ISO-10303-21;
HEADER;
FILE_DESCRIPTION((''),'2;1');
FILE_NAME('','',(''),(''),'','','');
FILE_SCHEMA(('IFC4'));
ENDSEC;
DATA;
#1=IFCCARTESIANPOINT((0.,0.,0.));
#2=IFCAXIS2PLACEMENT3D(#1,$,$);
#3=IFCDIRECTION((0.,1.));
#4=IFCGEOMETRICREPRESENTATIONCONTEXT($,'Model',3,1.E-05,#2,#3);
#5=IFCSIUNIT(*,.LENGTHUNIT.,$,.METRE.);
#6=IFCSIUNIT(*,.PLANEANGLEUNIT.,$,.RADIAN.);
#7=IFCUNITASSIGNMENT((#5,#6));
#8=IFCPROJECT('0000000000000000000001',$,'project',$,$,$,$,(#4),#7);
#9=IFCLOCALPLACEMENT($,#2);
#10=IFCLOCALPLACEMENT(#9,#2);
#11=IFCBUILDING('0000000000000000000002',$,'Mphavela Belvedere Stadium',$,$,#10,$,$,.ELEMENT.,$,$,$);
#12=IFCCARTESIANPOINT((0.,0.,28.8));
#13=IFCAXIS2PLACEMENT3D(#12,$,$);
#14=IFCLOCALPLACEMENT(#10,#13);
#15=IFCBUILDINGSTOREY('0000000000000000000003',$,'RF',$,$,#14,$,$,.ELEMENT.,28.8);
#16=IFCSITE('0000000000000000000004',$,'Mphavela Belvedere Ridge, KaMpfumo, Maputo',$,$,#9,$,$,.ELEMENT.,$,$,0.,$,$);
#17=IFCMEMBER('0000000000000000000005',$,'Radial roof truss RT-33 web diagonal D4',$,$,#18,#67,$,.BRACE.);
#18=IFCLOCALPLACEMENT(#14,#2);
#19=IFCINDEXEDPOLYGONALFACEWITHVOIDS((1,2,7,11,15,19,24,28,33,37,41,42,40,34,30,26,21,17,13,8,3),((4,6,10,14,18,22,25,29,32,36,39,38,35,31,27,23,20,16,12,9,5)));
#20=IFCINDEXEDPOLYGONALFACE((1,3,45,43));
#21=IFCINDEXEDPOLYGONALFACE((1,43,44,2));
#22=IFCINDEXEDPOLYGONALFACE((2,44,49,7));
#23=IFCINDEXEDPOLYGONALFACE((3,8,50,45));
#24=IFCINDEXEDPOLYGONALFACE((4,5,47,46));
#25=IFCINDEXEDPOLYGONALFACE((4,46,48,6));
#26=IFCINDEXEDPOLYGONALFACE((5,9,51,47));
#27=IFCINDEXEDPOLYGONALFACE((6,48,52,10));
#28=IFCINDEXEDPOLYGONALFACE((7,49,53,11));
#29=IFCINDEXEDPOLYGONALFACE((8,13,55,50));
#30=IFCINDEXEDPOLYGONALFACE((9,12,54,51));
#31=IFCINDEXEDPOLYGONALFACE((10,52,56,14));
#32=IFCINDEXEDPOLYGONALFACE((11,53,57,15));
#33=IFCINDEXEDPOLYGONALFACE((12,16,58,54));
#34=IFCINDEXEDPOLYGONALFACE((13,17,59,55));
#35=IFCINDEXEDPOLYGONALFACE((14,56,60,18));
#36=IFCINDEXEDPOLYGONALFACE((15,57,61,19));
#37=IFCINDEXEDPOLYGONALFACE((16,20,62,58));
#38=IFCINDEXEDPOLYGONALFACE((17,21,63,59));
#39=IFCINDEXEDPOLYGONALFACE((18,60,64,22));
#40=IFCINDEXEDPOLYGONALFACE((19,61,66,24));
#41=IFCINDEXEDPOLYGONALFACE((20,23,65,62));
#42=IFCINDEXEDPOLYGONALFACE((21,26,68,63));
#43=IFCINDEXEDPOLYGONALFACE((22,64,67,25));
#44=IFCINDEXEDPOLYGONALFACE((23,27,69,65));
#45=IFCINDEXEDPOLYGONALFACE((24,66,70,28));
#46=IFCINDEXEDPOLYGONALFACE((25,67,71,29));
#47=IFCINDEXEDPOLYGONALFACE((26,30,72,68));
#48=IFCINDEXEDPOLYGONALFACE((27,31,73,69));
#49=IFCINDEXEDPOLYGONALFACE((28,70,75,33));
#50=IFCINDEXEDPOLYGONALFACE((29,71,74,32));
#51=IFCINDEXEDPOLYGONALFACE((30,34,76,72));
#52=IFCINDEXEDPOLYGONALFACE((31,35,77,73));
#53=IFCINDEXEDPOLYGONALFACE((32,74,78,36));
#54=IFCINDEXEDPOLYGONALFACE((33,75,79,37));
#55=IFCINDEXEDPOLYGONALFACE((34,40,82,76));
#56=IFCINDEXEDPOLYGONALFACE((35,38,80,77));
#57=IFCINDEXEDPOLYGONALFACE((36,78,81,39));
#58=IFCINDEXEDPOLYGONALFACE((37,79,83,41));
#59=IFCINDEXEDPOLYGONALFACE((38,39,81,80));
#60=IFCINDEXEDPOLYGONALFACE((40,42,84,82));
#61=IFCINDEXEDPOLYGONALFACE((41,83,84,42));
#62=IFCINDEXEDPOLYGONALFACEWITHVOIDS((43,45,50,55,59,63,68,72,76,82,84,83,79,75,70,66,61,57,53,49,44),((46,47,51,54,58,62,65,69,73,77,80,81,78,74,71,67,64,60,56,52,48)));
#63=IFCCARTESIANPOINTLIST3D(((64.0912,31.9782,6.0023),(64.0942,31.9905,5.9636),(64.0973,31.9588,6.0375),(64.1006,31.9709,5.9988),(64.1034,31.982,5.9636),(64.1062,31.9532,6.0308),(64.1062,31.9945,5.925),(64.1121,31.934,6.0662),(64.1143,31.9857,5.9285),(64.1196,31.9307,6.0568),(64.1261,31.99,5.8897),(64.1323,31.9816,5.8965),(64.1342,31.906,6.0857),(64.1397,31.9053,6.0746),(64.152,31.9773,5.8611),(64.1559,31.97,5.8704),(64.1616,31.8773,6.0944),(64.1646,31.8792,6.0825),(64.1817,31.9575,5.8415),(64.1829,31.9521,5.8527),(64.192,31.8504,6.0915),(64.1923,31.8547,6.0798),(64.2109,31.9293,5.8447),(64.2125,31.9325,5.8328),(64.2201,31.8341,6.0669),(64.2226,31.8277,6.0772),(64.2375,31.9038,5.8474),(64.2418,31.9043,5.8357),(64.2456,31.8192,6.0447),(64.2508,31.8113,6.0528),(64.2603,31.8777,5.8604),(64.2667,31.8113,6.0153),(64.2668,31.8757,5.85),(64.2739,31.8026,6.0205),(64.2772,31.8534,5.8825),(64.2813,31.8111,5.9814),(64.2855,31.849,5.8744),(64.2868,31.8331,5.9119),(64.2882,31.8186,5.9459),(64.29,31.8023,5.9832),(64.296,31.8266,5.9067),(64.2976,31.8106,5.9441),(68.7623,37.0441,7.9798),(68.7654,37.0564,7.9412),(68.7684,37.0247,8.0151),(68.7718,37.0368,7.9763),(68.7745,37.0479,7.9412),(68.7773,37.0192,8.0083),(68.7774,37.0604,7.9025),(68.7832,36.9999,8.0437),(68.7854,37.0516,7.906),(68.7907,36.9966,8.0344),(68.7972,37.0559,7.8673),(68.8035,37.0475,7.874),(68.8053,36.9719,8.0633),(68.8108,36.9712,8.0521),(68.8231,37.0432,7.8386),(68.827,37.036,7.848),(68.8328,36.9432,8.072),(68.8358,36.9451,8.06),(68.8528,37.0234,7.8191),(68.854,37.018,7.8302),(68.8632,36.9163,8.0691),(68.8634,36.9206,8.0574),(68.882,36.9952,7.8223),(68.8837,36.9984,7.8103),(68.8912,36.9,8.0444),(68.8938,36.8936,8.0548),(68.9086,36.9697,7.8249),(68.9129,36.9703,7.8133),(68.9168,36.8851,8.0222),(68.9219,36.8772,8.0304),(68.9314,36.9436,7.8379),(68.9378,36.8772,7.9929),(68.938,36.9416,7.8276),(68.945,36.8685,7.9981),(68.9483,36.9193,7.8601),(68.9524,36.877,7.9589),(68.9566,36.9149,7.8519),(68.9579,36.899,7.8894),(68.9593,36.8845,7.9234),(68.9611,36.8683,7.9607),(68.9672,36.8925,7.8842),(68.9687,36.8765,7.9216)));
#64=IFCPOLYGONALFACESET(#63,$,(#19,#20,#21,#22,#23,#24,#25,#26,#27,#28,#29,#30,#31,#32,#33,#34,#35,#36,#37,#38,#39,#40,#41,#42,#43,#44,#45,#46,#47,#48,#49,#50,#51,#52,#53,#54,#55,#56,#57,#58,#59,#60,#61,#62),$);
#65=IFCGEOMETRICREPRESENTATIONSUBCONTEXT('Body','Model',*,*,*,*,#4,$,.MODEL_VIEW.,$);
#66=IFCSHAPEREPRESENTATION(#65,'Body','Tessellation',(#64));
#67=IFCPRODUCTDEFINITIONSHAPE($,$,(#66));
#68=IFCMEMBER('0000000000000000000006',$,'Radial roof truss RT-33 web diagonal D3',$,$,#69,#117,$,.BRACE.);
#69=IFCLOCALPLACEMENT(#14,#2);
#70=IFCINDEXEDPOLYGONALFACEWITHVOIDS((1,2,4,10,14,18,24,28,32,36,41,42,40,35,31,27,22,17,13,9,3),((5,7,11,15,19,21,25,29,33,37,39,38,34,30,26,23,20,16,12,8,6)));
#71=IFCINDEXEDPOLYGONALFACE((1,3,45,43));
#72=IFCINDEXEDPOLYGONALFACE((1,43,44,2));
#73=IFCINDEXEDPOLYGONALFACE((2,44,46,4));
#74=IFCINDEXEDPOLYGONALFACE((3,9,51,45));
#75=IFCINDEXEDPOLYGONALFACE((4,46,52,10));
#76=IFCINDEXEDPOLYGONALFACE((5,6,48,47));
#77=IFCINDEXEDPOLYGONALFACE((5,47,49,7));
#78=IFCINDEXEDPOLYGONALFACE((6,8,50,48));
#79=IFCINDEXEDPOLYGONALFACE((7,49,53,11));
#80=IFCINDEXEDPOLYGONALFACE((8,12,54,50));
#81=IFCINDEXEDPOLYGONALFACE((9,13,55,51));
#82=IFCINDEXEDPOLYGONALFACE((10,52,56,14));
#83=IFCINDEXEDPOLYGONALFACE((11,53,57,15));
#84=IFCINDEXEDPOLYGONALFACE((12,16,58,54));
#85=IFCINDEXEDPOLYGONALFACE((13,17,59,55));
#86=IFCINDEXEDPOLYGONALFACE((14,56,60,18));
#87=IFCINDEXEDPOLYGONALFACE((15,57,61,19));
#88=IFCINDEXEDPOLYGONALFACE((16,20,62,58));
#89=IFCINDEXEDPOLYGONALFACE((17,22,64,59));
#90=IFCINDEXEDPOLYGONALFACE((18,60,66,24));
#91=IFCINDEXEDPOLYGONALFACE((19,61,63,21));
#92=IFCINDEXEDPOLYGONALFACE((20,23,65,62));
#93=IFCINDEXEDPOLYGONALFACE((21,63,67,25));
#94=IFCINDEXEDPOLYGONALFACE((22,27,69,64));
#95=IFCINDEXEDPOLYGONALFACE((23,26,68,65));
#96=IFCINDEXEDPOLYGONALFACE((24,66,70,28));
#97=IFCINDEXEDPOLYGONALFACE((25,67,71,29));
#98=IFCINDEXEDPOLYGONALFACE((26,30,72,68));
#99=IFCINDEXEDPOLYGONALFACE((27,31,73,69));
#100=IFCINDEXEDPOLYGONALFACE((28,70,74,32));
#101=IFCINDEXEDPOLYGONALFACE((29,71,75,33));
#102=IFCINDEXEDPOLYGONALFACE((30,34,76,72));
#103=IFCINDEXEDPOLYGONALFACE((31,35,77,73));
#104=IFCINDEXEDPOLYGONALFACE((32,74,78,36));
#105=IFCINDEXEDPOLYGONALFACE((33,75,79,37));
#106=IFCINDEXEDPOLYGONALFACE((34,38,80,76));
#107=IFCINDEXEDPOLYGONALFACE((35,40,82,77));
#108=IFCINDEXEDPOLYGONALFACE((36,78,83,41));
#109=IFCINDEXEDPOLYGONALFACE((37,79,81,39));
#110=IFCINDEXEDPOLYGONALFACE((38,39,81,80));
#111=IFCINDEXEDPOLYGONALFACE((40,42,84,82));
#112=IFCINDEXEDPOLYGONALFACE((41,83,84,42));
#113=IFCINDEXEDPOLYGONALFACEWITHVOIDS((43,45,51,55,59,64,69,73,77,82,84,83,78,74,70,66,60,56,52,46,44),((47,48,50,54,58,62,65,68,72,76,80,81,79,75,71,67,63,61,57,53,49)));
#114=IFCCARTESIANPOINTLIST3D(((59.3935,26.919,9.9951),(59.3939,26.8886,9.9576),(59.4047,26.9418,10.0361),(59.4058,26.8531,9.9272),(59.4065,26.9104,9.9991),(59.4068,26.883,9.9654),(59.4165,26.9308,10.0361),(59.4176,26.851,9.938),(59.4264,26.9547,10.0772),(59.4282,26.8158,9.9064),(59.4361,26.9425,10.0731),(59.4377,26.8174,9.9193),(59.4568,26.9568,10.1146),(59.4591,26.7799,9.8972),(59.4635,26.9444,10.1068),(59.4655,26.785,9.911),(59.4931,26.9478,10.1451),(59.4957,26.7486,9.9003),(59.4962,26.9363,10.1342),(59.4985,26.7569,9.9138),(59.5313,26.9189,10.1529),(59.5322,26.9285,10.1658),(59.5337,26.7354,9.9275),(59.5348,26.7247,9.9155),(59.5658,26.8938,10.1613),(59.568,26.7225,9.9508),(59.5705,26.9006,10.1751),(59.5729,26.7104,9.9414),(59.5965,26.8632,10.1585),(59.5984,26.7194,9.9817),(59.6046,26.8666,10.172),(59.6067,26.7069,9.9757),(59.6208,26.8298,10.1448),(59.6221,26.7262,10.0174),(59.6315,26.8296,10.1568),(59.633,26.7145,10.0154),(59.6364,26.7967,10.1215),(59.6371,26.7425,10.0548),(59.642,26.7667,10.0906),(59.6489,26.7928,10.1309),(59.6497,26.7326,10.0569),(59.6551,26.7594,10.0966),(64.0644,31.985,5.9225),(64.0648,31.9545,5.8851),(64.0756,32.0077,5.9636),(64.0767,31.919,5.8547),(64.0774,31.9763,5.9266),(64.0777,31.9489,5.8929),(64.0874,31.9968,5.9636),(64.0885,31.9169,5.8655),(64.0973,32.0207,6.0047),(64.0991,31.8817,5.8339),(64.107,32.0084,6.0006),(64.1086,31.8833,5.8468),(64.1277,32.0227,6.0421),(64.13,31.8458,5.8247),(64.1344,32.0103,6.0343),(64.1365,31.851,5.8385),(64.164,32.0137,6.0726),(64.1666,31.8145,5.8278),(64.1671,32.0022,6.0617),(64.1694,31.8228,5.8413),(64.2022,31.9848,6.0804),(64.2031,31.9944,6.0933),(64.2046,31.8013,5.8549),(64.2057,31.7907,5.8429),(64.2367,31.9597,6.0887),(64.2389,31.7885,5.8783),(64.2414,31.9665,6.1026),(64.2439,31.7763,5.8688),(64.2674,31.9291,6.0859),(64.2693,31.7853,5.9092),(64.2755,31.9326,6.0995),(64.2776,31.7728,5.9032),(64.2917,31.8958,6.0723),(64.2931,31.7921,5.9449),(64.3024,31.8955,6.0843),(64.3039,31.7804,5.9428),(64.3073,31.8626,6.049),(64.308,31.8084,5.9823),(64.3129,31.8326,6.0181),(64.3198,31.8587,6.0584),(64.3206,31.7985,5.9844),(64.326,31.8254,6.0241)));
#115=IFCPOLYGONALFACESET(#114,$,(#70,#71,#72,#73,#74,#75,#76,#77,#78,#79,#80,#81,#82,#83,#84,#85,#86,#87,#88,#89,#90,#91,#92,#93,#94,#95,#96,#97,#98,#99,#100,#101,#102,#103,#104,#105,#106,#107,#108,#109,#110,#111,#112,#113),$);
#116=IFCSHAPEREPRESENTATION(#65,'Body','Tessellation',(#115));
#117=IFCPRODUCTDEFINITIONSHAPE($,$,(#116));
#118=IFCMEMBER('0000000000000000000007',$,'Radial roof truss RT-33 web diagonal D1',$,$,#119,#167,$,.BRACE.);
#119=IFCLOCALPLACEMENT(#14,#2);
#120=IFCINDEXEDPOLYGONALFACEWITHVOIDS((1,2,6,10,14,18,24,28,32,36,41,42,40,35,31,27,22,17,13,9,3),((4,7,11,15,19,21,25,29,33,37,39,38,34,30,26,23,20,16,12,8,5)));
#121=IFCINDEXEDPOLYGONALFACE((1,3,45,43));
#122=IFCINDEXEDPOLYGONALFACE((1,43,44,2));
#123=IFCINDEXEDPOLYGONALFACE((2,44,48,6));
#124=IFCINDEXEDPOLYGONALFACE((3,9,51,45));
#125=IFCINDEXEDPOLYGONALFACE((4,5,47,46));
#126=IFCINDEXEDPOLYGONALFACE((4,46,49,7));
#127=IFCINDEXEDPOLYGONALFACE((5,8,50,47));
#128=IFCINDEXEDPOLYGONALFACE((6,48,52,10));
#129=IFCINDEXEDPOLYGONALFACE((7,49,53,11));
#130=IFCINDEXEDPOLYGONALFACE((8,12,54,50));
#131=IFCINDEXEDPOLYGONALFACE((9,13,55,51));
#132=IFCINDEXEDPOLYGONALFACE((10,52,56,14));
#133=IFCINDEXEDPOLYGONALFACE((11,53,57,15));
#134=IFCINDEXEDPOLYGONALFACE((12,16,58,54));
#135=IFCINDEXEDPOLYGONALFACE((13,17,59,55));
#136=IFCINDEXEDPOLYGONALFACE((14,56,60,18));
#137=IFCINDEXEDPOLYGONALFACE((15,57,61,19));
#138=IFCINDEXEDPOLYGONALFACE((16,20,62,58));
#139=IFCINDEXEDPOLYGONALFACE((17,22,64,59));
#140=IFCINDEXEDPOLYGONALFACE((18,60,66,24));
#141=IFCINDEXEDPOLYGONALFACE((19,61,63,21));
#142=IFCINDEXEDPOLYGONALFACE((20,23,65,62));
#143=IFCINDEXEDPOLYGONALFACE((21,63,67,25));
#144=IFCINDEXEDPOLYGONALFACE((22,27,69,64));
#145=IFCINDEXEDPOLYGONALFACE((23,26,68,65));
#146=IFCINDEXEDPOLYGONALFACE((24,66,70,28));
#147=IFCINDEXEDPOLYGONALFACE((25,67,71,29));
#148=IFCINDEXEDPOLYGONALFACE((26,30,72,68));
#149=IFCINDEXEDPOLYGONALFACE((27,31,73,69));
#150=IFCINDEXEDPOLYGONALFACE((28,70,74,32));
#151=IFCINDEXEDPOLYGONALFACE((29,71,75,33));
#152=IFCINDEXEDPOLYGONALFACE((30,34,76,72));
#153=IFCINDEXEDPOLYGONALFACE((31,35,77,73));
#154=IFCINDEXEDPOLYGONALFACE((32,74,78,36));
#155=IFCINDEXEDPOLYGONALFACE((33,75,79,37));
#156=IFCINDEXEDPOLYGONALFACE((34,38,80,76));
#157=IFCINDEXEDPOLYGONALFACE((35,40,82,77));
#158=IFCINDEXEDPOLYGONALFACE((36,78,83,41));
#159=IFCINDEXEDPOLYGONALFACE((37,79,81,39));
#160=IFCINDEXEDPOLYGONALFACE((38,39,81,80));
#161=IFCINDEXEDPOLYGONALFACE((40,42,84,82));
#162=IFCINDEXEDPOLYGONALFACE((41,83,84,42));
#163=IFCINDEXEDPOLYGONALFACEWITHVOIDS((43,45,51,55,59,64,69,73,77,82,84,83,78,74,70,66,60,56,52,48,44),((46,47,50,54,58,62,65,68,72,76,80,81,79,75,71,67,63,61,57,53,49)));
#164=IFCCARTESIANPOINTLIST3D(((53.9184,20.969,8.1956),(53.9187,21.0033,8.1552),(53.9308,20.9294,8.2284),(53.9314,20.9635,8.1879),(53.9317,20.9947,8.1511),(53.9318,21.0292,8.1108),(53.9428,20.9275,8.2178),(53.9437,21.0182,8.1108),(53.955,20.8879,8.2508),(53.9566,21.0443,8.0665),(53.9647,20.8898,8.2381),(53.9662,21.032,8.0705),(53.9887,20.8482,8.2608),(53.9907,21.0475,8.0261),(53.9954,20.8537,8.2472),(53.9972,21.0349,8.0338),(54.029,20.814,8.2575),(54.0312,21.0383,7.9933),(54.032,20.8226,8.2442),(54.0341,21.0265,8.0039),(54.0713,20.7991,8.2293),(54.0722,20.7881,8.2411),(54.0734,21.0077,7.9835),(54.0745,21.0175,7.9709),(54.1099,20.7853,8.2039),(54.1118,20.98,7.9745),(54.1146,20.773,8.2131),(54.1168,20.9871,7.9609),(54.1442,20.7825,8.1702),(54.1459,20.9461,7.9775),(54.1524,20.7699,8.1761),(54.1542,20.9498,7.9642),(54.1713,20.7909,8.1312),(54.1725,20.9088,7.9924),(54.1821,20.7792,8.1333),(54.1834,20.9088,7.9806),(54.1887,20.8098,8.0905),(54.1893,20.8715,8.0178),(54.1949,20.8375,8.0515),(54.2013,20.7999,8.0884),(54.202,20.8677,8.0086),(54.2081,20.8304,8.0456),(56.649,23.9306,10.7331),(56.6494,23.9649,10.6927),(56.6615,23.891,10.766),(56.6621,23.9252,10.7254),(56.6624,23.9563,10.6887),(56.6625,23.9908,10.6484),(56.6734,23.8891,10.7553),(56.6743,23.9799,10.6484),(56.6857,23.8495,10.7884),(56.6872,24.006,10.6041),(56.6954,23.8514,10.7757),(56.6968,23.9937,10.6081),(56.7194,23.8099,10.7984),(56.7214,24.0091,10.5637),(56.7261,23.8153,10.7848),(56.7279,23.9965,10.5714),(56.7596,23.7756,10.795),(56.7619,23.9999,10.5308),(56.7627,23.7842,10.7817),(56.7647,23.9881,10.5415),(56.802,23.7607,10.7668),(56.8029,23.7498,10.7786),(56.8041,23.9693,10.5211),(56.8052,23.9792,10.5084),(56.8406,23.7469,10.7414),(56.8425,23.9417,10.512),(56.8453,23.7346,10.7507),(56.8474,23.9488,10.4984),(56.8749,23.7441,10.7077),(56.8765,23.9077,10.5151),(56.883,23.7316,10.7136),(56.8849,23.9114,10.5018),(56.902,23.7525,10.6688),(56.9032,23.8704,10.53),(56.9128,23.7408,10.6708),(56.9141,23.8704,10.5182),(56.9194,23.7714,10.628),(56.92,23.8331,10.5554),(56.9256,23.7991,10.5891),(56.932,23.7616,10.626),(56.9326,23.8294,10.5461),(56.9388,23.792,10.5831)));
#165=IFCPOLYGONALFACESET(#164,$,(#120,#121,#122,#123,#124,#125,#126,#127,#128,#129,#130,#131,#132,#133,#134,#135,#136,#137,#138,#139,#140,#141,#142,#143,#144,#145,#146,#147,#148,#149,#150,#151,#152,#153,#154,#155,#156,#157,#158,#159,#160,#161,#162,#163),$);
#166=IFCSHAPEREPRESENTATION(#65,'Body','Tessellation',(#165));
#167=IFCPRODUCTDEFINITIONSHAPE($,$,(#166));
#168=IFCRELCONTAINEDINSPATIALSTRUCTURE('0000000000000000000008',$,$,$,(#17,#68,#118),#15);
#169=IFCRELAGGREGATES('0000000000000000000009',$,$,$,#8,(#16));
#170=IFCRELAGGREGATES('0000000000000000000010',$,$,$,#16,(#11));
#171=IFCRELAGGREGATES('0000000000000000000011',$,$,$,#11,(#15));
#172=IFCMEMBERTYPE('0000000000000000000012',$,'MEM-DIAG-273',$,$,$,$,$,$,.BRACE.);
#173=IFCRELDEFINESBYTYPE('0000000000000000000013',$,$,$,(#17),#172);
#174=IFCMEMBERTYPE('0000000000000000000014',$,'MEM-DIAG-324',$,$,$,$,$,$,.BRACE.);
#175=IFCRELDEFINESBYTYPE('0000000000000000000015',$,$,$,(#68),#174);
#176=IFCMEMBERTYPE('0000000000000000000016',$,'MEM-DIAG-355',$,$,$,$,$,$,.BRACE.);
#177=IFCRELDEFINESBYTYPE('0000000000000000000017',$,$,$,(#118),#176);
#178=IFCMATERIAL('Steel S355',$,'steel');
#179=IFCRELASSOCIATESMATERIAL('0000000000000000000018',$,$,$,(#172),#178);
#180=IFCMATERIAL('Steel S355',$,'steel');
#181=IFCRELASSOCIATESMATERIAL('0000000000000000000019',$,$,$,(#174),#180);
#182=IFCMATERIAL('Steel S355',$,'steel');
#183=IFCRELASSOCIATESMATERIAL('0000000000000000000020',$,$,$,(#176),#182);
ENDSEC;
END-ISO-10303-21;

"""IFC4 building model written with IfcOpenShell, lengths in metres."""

from ifc_helpers import new_model, si_unit, direction, frame, origin, origin_2d, place, context, subcontext, project, spatial, hollow_circle, extrude, material, material_profile, profile_set, type_object, element, save


model = new_model("IFC4")

# Units and contexts
model_context = context("Model", 3, precision=1e-05, world=origin(), true_north=direction((0.0, 1.0)))
body_context = subcontext(model_context, "Body", "Model", "MODEL_VIEW")
ifc_project = project(units=[si_unit("LENGTHUNIT", "METRE"), si_unit("PLANEANGLEUNIT", "RADIAN")], contexts=[model_context])

# Site, building, storey
site_placement = place(None, origin())
site = spatial("IfcSite", under=ifc_project, at=site_placement, Name="Mphavela Belvedere Ridge, KaMpfumo, Maputo", CompositionType="ELEMENT", RefElevation=0.0)
building_placement = place(site_placement, origin())
building = spatial("IfcBuilding", under=site, at=building_placement, Name="Mphavela Belvedere Stadium", CompositionType="ELEMENT")
storey_placement = place(building_placement, frame((0.0, 0.0, 28.8)))
storey = spatial("IfcBuildingStorey", under=building, at=storey_placement, Name="RF", CompositionType="ELEMENT", Elevation=28.8)

# Members
ifc_material_1 = material(Name="Steel S355", Category="steel")
ifc_material_profile_1 = material_profile(ifc_material_1, hollow_circle(Radius=0.1365, WallThickness=0.0125, at=origin_2d()), Name="CHS 273x12.5")
ifc_profile_set_1 = profile_set([ifc_material_profile_1], Name="Steel S355")
member_type_1 = type_object("IfcMemberType", Name="MEM-DIAG-273", PredefinedType="BRACE", material=ifc_profile_set_1)
member_1_placement = place(storey_placement, frame((64.1946, 31.8979, 5.9636), z_axis=(0.65158, 0.706648, 0.275848), x_axis=(-0.735171, 0.677881, 0.0)))
element("IfcMember", 1, at=member_1_placement, inside=storey, type_object=member_type_1, Name="Radial roof truss RT-33 web diagonal D4", PredefinedType="BRACE", context=body_context, shape_type="SweptSolid", body=[
    extrude(hollow_circle(Radius=0.1365, WallThickness=0.0125, at=origin_2d()), origin(), (0.0, 0.0, 1.0), 7.1689),
])
ifc_material_2 = material(Name="Steel S355", Category="steel")
ifc_material_profile_2 = material_profile(ifc_material_2, hollow_circle(Radius=0.1619, WallThickness=0.0161, at=origin_2d()), Name="CHS 323.9x16")
ifc_profile_set_2 = profile_set([ifc_material_profile_2], Name="Steel S355")
member_type_2 = type_object("IfcMemberType", Name="MEM-DIAG-324", PredefinedType="BRACE", material=ifc_profile_set_2)
member_2_placement = place(storey_placement, frame((59.5237, 26.832, 10.0361), z_axis=(0.583561, 0.632913, -0.508801), x_axis=(-0.735189, 0.677862, 0.0)))
element("IfcMember", 2, at=member_2_placement, inside=storey, type_object=member_type_2, Name="Radial roof truss RT-33 web diagonal D3", PredefinedType="BRACE", context=body_context, shape_type="SweptSolid", body=[
    extrude(hollow_circle(Radius=0.1619, WallThickness=0.0161, at=origin_2d()), origin(), (0.0, 0.0, 1.0), 8.0042),
])
ifc_material_3 = material(Name="Steel S355", Category="steel")
ifc_material_profile_3 = material_profile(ifc_material_3, hollow_circle(Radius=0.1777, WallThickness=0.0161, at=origin_2d()), Name="CHS 355.6x16")
ifc_profile_set_3 = profile_set([ifc_material_profile_3], Name="Steel S355")
member_type_3 = type_object("IfcMemberType", Name="MEM-DIAG-355", PredefinedType="BRACE", material=ifc_profile_set_3)
member_3_placement = place(storey_placement, frame((54.0625, 20.9087, 8.1108), z_axis=(0.573552, 0.622061, 0.53299), x_axis=(-0.735191, 0.67786, 0.0)))
element("IfcMember", 3, at=member_3_placement, inside=storey, type_object=member_type_3, Name="Radial roof truss RT-33 web diagonal D1", PredefinedType="BRACE", context=body_context, shape_type="SweptSolid", body=[
    extrude(hollow_circle(Radius=0.1777, WallThickness=0.0161, at=origin_2d()), origin(), (0.0, 0.0, 1.0), 4.761),
])

save(model, "model.ifc")
